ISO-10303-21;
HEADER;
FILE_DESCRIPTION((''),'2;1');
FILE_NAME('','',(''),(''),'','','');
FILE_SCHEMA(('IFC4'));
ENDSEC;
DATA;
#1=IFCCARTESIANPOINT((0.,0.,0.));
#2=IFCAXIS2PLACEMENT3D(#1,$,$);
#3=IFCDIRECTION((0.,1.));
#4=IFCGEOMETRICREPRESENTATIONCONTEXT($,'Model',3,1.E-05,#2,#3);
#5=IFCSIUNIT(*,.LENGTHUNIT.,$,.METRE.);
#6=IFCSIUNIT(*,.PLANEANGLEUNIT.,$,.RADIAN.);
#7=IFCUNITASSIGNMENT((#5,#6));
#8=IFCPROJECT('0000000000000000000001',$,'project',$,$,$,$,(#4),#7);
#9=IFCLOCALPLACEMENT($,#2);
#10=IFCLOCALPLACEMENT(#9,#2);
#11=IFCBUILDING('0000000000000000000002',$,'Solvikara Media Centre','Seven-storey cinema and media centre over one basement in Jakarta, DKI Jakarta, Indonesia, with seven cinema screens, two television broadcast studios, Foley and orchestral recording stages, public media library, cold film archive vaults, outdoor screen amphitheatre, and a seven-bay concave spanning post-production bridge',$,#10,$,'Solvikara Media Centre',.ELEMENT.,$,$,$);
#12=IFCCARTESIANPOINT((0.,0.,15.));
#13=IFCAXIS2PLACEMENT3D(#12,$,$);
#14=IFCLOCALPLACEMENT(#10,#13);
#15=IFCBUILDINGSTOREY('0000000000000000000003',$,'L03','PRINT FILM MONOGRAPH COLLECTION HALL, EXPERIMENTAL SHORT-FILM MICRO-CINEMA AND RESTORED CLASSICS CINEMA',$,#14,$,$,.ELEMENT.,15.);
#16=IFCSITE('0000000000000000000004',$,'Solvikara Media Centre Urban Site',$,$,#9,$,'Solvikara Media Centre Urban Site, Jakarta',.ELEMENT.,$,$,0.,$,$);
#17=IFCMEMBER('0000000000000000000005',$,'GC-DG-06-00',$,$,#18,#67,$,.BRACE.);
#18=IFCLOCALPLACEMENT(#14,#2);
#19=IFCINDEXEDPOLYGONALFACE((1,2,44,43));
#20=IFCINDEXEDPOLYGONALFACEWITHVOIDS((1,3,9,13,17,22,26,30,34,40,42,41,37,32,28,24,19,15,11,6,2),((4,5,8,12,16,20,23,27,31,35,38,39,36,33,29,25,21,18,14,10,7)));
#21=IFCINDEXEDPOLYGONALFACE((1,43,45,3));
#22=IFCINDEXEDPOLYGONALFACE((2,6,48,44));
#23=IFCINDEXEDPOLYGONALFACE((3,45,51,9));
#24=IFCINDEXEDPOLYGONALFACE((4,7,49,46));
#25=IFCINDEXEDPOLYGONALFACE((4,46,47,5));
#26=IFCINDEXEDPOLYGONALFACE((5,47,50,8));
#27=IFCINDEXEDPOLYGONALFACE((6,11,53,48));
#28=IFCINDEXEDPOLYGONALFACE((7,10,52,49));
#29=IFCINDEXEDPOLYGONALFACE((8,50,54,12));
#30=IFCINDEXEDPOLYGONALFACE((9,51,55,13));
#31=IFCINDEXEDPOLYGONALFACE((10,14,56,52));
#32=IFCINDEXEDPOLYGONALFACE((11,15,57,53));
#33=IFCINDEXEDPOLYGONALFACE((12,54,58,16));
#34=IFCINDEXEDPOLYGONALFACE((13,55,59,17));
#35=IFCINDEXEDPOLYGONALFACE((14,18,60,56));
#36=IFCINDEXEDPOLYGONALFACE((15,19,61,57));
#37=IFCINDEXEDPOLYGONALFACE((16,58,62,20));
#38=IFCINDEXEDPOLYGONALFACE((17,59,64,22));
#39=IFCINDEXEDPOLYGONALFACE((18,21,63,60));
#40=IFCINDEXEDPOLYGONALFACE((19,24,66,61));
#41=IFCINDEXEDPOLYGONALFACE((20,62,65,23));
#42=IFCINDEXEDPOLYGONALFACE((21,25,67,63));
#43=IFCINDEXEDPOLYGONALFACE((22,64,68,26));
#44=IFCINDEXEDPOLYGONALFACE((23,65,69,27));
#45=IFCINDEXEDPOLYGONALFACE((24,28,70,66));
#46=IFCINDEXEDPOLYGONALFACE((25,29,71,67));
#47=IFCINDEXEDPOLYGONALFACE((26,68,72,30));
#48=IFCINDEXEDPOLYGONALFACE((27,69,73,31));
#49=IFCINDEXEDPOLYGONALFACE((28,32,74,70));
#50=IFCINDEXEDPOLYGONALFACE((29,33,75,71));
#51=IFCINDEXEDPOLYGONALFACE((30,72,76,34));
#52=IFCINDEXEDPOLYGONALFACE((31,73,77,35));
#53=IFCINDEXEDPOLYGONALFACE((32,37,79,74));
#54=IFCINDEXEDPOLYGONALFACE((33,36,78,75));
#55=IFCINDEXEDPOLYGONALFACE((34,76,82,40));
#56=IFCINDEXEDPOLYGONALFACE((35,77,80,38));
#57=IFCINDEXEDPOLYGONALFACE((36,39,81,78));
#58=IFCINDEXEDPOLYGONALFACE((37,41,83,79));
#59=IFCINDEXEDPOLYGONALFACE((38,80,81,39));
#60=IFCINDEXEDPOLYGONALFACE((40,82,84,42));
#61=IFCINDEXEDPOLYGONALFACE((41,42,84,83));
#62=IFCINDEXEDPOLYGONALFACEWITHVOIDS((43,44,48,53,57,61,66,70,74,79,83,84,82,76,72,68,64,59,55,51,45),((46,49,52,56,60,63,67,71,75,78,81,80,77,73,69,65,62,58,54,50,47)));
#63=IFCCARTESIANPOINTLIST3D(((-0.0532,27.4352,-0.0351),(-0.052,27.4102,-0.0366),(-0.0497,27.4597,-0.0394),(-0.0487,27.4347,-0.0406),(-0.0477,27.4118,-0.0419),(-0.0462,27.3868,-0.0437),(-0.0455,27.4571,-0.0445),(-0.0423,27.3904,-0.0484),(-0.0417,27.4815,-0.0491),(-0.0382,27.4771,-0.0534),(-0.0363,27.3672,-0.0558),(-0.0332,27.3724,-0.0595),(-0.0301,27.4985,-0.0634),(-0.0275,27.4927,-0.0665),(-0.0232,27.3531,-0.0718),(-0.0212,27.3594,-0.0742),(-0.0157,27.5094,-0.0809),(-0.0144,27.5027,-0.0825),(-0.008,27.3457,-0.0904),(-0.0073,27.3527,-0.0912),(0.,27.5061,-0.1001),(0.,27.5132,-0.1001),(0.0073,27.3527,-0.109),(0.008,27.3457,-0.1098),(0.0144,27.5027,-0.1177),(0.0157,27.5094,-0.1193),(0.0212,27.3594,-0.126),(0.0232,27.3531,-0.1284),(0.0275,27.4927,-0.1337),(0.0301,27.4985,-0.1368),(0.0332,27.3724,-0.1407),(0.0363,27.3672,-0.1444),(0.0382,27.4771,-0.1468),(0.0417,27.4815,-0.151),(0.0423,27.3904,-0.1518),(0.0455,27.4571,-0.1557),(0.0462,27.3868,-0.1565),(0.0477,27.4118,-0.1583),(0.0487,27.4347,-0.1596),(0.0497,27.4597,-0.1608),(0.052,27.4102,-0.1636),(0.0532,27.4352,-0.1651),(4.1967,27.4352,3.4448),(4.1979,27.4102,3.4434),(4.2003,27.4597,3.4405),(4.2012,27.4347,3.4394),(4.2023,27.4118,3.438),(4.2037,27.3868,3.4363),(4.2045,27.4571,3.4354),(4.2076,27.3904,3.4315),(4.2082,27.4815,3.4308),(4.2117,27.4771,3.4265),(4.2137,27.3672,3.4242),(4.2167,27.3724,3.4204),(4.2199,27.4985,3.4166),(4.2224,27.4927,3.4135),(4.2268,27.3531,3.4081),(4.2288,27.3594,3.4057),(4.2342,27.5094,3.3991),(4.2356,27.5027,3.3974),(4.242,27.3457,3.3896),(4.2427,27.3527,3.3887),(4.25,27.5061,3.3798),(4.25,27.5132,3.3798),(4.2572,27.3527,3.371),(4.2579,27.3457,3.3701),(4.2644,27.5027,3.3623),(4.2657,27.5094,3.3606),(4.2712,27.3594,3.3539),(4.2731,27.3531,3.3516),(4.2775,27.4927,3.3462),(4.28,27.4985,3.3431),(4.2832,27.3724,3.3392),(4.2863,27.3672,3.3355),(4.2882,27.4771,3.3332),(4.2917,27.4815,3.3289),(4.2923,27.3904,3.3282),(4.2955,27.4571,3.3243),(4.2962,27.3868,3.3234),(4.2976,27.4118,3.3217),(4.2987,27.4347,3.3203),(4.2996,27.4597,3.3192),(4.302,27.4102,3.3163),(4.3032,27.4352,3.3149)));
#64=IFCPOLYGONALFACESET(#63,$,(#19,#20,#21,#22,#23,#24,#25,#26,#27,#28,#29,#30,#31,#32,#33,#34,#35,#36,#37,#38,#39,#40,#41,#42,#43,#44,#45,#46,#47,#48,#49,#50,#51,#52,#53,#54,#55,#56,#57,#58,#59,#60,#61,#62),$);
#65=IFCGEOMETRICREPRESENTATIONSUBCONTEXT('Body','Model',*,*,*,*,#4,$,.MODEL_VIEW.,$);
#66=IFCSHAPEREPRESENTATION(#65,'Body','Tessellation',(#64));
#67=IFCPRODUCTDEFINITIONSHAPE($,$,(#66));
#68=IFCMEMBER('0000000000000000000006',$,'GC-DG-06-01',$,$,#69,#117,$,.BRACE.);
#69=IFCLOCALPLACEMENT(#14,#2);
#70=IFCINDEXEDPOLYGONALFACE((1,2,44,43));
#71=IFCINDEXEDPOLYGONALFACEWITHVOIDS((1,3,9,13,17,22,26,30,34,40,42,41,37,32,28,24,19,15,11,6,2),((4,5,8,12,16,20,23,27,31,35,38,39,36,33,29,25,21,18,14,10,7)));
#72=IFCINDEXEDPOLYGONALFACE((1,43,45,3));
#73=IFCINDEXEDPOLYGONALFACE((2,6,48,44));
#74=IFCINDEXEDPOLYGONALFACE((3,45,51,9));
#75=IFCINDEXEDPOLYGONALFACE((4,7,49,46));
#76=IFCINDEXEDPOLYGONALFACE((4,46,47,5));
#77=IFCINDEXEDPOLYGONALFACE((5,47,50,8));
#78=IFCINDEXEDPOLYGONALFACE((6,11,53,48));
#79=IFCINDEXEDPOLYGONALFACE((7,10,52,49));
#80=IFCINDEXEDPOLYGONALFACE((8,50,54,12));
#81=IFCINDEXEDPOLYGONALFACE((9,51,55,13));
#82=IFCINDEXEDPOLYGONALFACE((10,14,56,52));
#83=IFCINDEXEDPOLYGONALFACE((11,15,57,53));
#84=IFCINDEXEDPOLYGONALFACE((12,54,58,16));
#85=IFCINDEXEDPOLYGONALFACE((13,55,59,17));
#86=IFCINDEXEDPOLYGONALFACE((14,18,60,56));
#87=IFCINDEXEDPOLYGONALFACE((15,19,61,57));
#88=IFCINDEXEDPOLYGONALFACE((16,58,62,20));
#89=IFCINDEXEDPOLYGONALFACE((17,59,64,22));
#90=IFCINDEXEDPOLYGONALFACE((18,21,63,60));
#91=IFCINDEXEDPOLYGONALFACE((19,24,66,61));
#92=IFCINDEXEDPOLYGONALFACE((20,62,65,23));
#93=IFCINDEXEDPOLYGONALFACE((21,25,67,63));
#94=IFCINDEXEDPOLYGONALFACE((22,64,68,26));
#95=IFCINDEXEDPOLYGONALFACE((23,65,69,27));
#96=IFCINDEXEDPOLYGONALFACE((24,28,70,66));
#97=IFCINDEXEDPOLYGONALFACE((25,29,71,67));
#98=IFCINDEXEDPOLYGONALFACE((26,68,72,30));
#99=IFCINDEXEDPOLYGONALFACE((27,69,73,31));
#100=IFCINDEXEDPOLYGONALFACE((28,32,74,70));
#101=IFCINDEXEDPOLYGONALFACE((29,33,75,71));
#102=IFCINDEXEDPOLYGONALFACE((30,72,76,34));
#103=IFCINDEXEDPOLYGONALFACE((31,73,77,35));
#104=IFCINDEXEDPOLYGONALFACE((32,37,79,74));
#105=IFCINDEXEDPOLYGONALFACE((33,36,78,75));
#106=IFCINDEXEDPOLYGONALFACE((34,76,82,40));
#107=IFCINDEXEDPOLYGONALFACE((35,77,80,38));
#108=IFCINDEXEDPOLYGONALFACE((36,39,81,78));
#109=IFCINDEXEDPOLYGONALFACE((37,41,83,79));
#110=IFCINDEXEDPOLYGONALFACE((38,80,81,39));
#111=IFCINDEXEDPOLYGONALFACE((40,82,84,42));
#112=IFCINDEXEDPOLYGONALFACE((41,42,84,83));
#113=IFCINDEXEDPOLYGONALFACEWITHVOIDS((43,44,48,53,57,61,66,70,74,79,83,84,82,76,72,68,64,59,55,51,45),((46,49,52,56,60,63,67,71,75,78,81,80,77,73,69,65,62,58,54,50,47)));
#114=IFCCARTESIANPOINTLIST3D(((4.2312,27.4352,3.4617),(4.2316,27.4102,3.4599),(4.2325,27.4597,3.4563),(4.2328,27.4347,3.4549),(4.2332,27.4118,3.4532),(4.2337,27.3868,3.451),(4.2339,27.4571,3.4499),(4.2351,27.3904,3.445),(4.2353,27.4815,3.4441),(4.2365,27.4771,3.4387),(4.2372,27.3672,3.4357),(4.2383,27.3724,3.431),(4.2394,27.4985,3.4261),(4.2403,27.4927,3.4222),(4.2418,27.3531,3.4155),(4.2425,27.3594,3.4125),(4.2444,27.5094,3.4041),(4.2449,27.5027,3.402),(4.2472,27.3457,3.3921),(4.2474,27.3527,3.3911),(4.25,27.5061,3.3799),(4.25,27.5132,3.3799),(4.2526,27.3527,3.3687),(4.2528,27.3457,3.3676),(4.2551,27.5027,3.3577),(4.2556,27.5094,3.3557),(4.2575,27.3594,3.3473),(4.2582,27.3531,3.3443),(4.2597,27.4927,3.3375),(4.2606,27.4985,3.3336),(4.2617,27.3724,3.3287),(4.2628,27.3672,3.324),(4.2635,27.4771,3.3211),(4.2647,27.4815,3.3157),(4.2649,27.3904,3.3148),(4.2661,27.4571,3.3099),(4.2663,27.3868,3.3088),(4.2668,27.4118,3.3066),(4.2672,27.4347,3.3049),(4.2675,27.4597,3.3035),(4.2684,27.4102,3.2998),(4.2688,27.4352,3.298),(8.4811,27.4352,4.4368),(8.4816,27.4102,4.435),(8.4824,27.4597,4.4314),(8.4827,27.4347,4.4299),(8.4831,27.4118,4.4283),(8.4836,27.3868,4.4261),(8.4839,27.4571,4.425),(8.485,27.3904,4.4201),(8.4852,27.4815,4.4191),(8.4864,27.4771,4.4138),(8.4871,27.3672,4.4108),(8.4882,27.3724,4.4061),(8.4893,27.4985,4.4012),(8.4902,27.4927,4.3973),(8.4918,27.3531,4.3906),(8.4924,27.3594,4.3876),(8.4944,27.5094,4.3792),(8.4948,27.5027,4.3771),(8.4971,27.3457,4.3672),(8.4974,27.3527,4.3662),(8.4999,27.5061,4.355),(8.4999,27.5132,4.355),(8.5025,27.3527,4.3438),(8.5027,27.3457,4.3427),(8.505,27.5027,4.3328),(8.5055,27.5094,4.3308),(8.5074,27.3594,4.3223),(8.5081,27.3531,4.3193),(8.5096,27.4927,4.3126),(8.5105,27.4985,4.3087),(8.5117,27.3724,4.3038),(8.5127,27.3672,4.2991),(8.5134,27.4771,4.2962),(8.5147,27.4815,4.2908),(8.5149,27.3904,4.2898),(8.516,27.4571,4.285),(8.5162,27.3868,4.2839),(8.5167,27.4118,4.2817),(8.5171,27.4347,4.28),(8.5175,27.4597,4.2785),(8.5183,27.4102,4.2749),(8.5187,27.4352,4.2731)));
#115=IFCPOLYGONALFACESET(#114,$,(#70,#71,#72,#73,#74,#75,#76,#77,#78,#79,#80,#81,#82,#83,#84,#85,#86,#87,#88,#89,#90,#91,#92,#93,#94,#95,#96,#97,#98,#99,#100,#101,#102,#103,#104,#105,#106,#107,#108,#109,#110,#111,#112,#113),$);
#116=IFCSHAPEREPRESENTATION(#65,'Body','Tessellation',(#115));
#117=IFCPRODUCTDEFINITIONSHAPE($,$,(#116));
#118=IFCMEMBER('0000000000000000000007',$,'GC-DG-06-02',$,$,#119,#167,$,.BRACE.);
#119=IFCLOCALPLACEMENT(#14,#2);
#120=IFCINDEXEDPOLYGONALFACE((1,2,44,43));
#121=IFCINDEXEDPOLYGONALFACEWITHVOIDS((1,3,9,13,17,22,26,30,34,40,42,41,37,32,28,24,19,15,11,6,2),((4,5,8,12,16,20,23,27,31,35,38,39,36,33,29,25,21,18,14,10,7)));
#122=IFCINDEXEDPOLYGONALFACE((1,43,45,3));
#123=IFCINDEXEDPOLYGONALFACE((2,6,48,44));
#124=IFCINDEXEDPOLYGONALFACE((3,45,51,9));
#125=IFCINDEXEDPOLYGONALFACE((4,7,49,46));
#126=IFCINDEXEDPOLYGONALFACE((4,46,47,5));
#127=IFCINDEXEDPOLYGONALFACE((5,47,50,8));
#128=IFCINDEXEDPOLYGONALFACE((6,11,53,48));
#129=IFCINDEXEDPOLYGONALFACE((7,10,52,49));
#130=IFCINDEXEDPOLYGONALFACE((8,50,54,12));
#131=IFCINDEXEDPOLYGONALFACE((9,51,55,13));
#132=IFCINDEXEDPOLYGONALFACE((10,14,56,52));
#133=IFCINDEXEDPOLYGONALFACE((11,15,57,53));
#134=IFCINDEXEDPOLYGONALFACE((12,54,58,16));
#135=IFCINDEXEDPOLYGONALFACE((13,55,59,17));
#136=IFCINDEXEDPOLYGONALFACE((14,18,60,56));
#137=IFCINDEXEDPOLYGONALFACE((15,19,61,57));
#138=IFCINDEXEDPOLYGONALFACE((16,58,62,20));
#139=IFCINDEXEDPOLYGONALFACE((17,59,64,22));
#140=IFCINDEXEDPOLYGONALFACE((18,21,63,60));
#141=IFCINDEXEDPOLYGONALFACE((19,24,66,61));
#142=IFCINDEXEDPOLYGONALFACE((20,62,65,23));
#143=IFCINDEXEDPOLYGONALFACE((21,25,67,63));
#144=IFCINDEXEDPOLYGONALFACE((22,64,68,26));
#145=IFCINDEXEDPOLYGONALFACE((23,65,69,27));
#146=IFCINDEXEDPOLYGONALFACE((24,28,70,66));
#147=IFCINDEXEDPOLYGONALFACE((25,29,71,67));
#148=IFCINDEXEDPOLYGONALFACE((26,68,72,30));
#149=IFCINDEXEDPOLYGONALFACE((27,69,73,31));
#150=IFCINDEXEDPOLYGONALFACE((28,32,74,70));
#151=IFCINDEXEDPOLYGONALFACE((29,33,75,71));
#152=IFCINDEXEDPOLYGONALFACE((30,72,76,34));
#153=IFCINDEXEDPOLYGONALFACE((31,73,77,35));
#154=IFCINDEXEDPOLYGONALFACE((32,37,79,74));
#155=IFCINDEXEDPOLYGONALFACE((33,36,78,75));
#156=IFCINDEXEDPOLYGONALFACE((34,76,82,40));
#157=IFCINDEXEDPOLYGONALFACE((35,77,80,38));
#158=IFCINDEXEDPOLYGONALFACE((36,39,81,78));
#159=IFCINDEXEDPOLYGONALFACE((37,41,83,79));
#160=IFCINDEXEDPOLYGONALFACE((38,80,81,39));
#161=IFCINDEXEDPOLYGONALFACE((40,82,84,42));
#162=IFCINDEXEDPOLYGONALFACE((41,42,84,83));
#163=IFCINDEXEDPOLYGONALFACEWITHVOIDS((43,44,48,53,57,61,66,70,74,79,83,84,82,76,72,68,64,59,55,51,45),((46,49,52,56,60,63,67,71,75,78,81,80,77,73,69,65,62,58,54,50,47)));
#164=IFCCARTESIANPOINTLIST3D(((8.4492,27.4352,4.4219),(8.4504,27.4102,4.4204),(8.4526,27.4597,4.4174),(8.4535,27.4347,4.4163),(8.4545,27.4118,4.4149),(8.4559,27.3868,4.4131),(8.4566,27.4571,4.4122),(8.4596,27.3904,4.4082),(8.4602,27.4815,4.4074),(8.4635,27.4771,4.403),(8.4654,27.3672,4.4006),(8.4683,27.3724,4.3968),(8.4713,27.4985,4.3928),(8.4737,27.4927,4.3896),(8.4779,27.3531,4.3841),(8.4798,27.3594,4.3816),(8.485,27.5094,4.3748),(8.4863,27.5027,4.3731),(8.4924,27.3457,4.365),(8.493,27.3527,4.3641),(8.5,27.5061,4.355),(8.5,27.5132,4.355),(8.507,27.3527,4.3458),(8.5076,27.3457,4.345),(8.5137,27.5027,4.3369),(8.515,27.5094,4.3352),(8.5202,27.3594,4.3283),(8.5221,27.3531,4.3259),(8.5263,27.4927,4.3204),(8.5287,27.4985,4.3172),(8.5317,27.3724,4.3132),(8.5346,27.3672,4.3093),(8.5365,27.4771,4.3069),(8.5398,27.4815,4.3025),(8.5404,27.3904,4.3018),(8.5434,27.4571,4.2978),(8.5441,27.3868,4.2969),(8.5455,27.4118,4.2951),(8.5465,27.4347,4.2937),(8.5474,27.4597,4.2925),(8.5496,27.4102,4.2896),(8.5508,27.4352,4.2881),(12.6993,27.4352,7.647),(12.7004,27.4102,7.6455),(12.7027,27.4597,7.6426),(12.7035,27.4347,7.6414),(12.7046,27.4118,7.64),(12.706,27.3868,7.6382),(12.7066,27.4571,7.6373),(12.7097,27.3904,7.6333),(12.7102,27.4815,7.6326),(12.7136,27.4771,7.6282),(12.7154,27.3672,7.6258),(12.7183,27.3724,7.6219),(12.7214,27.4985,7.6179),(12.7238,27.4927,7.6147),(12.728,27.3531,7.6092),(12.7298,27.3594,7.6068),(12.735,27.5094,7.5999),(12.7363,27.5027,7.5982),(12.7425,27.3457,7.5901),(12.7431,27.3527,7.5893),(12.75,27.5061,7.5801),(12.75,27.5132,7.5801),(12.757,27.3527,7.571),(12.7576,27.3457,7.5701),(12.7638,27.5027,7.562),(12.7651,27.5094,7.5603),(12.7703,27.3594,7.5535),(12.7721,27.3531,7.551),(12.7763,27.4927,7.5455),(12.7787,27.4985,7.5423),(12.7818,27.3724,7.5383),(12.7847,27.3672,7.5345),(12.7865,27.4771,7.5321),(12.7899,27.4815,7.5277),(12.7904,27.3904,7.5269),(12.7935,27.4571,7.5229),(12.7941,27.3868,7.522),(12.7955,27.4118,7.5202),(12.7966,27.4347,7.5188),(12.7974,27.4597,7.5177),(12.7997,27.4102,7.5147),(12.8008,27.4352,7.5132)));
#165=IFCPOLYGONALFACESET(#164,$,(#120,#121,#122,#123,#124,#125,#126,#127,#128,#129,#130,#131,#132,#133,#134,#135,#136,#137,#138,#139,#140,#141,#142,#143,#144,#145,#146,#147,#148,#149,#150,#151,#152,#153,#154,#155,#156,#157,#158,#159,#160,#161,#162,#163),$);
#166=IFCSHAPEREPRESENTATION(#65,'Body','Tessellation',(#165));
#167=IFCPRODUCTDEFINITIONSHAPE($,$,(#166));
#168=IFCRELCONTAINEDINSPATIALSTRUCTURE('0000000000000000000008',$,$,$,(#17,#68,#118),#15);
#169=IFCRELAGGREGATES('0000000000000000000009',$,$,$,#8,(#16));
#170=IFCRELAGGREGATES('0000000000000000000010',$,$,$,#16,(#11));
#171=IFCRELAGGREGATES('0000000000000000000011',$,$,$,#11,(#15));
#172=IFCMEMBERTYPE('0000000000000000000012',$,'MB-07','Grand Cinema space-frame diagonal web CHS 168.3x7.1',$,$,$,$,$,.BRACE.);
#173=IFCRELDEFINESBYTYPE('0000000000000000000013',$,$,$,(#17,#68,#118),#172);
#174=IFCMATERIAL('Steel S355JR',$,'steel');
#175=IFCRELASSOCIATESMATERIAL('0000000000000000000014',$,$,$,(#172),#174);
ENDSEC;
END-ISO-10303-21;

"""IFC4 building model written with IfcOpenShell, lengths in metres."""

from ifc_helpers import new_model, si_unit, direction, frame, origin, origin_2d, place, context, subcontext, project, spatial, hollow_circle, extrude, material, material_profile, profile_set, type_object, element, save


model = new_model("IFC4")

# Units and contexts
model_context = context("Model", 3, precision=1e-05, world=origin(), true_north=direction((0.0, 1.0)))
body_context = subcontext(model_context, "Body", "Model", "MODEL_VIEW")
ifc_project = project(units=[si_unit("LENGTHUNIT", "METRE"), si_unit("PLANEANGLEUNIT", "RADIAN")], contexts=[model_context])

# Site, building, storey
site_placement = place(None, origin())
site = spatial("IfcSite", under=ifc_project, at=site_placement, Name="Solvikara Media Centre Urban Site", LongName="Solvikara Media Centre Urban Site, Jakarta", CompositionType="ELEMENT", RefElevation=0.0)
building_placement = place(site_placement, origin())
building = spatial("IfcBuilding", under=site, at=building_placement, Name="Solvikara Media Centre", Description="Seven-storey cinema and media centre over one basement in Jakarta, DKI Jakarta, Indonesia, with seven cinema screens, two television broadcast studios, Foley and orchestral recording stages, public media library, cold film archive vaults, outdoor screen amphitheatre, and a seven-bay concave spanning post-production bridge", LongName="Solvikara Media Centre", CompositionType="ELEMENT")
storey_placement = place(building_placement, frame((0.0, 0.0, 15.0)))
storey = spatial("IfcBuildingStorey", under=building, at=storey_placement, Name="L03", Description="PRINT FILM MONOGRAPH COLLECTION HALL, EXPERIMENTAL SHORT-FILM MICRO-CINEMA AND RESTORED CLASSICS CINEMA", CompositionType="ELEMENT", Elevation=15.0)

# Shared definitions
ifc_material_1 = material(Name="Steel S355JR", Category="steel")

# Members
ifc_material_profile_1 = material_profile(ifc_material_1, hollow_circle(Radius=0.0842, WallThickness=0.0071, at=origin_2d()), Name="CHS 168.3x7.1")
ifc_profile_set_1 = profile_set([ifc_material_profile_1], Name="Steel S355JR")
member_type_1 = type_object("IfcMemberType", Name="MB-07", Description="Grand Cinema space-frame diagonal web CHS 168.3x7.1", PredefinedType="BRACE", material=ifc_profile_set_1)
member_1_placement = place(storey_placement, frame((0.0, 27.429, -0.1001), z_axis=(0.773716, 0.0, 0.633533), x_axis=(0.0, 1.0, 0.0)))
element("IfcMember", 1, at=member_1_placement, inside=storey, type_object=member_type_1, Name="GC-DG-06-00", PredefinedType="BRACE", context=body_context, shape_type="SweptSolid", body=[
    extrude(hollow_circle(Radius=0.0842, WallThickness=0.0071, at=origin_2d()), origin(), (0.0, 0.0, 1.0), 5.4929),
])
member_2_placement = place(storey_placement, frame((4.25, 27.429, 3.3799), z_axis=(0.974675, 0.0, 0.223624), x_axis=(0.0, 1.0, 0.0)))
element("IfcMember", 2, at=member_2_placement, inside=storey, type_object=member_type_1, Name="GC-DG-06-01", PredefinedType="BRACE", context=body_context, shape_type="SweptSolid", body=[
    extrude(hollow_circle(Radius=0.0842, WallThickness=0.0071, at=origin_2d()), origin(), (0.0, 0.0, 1.0), 4.3604),
])
member_3_placement = place(storey_placement, frame((8.5, 27.429, 4.355), z_axis=(0.796605, 0.0, 0.604501), x_axis=(0.0, 1.0, 0.0)))
element("IfcMember", 3, at=member_3_placement, inside=storey, type_object=member_type_1, Name="GC-DG-06-02", PredefinedType="BRACE", context=body_context, shape_type="SweptSolid", body=[
    extrude(hollow_circle(Radius=0.0842, WallThickness=0.0071, at=origin_2d()), origin(), (0.0, 0.0, 1.0), 5.3352),
])

save(model, "model.ifc")
